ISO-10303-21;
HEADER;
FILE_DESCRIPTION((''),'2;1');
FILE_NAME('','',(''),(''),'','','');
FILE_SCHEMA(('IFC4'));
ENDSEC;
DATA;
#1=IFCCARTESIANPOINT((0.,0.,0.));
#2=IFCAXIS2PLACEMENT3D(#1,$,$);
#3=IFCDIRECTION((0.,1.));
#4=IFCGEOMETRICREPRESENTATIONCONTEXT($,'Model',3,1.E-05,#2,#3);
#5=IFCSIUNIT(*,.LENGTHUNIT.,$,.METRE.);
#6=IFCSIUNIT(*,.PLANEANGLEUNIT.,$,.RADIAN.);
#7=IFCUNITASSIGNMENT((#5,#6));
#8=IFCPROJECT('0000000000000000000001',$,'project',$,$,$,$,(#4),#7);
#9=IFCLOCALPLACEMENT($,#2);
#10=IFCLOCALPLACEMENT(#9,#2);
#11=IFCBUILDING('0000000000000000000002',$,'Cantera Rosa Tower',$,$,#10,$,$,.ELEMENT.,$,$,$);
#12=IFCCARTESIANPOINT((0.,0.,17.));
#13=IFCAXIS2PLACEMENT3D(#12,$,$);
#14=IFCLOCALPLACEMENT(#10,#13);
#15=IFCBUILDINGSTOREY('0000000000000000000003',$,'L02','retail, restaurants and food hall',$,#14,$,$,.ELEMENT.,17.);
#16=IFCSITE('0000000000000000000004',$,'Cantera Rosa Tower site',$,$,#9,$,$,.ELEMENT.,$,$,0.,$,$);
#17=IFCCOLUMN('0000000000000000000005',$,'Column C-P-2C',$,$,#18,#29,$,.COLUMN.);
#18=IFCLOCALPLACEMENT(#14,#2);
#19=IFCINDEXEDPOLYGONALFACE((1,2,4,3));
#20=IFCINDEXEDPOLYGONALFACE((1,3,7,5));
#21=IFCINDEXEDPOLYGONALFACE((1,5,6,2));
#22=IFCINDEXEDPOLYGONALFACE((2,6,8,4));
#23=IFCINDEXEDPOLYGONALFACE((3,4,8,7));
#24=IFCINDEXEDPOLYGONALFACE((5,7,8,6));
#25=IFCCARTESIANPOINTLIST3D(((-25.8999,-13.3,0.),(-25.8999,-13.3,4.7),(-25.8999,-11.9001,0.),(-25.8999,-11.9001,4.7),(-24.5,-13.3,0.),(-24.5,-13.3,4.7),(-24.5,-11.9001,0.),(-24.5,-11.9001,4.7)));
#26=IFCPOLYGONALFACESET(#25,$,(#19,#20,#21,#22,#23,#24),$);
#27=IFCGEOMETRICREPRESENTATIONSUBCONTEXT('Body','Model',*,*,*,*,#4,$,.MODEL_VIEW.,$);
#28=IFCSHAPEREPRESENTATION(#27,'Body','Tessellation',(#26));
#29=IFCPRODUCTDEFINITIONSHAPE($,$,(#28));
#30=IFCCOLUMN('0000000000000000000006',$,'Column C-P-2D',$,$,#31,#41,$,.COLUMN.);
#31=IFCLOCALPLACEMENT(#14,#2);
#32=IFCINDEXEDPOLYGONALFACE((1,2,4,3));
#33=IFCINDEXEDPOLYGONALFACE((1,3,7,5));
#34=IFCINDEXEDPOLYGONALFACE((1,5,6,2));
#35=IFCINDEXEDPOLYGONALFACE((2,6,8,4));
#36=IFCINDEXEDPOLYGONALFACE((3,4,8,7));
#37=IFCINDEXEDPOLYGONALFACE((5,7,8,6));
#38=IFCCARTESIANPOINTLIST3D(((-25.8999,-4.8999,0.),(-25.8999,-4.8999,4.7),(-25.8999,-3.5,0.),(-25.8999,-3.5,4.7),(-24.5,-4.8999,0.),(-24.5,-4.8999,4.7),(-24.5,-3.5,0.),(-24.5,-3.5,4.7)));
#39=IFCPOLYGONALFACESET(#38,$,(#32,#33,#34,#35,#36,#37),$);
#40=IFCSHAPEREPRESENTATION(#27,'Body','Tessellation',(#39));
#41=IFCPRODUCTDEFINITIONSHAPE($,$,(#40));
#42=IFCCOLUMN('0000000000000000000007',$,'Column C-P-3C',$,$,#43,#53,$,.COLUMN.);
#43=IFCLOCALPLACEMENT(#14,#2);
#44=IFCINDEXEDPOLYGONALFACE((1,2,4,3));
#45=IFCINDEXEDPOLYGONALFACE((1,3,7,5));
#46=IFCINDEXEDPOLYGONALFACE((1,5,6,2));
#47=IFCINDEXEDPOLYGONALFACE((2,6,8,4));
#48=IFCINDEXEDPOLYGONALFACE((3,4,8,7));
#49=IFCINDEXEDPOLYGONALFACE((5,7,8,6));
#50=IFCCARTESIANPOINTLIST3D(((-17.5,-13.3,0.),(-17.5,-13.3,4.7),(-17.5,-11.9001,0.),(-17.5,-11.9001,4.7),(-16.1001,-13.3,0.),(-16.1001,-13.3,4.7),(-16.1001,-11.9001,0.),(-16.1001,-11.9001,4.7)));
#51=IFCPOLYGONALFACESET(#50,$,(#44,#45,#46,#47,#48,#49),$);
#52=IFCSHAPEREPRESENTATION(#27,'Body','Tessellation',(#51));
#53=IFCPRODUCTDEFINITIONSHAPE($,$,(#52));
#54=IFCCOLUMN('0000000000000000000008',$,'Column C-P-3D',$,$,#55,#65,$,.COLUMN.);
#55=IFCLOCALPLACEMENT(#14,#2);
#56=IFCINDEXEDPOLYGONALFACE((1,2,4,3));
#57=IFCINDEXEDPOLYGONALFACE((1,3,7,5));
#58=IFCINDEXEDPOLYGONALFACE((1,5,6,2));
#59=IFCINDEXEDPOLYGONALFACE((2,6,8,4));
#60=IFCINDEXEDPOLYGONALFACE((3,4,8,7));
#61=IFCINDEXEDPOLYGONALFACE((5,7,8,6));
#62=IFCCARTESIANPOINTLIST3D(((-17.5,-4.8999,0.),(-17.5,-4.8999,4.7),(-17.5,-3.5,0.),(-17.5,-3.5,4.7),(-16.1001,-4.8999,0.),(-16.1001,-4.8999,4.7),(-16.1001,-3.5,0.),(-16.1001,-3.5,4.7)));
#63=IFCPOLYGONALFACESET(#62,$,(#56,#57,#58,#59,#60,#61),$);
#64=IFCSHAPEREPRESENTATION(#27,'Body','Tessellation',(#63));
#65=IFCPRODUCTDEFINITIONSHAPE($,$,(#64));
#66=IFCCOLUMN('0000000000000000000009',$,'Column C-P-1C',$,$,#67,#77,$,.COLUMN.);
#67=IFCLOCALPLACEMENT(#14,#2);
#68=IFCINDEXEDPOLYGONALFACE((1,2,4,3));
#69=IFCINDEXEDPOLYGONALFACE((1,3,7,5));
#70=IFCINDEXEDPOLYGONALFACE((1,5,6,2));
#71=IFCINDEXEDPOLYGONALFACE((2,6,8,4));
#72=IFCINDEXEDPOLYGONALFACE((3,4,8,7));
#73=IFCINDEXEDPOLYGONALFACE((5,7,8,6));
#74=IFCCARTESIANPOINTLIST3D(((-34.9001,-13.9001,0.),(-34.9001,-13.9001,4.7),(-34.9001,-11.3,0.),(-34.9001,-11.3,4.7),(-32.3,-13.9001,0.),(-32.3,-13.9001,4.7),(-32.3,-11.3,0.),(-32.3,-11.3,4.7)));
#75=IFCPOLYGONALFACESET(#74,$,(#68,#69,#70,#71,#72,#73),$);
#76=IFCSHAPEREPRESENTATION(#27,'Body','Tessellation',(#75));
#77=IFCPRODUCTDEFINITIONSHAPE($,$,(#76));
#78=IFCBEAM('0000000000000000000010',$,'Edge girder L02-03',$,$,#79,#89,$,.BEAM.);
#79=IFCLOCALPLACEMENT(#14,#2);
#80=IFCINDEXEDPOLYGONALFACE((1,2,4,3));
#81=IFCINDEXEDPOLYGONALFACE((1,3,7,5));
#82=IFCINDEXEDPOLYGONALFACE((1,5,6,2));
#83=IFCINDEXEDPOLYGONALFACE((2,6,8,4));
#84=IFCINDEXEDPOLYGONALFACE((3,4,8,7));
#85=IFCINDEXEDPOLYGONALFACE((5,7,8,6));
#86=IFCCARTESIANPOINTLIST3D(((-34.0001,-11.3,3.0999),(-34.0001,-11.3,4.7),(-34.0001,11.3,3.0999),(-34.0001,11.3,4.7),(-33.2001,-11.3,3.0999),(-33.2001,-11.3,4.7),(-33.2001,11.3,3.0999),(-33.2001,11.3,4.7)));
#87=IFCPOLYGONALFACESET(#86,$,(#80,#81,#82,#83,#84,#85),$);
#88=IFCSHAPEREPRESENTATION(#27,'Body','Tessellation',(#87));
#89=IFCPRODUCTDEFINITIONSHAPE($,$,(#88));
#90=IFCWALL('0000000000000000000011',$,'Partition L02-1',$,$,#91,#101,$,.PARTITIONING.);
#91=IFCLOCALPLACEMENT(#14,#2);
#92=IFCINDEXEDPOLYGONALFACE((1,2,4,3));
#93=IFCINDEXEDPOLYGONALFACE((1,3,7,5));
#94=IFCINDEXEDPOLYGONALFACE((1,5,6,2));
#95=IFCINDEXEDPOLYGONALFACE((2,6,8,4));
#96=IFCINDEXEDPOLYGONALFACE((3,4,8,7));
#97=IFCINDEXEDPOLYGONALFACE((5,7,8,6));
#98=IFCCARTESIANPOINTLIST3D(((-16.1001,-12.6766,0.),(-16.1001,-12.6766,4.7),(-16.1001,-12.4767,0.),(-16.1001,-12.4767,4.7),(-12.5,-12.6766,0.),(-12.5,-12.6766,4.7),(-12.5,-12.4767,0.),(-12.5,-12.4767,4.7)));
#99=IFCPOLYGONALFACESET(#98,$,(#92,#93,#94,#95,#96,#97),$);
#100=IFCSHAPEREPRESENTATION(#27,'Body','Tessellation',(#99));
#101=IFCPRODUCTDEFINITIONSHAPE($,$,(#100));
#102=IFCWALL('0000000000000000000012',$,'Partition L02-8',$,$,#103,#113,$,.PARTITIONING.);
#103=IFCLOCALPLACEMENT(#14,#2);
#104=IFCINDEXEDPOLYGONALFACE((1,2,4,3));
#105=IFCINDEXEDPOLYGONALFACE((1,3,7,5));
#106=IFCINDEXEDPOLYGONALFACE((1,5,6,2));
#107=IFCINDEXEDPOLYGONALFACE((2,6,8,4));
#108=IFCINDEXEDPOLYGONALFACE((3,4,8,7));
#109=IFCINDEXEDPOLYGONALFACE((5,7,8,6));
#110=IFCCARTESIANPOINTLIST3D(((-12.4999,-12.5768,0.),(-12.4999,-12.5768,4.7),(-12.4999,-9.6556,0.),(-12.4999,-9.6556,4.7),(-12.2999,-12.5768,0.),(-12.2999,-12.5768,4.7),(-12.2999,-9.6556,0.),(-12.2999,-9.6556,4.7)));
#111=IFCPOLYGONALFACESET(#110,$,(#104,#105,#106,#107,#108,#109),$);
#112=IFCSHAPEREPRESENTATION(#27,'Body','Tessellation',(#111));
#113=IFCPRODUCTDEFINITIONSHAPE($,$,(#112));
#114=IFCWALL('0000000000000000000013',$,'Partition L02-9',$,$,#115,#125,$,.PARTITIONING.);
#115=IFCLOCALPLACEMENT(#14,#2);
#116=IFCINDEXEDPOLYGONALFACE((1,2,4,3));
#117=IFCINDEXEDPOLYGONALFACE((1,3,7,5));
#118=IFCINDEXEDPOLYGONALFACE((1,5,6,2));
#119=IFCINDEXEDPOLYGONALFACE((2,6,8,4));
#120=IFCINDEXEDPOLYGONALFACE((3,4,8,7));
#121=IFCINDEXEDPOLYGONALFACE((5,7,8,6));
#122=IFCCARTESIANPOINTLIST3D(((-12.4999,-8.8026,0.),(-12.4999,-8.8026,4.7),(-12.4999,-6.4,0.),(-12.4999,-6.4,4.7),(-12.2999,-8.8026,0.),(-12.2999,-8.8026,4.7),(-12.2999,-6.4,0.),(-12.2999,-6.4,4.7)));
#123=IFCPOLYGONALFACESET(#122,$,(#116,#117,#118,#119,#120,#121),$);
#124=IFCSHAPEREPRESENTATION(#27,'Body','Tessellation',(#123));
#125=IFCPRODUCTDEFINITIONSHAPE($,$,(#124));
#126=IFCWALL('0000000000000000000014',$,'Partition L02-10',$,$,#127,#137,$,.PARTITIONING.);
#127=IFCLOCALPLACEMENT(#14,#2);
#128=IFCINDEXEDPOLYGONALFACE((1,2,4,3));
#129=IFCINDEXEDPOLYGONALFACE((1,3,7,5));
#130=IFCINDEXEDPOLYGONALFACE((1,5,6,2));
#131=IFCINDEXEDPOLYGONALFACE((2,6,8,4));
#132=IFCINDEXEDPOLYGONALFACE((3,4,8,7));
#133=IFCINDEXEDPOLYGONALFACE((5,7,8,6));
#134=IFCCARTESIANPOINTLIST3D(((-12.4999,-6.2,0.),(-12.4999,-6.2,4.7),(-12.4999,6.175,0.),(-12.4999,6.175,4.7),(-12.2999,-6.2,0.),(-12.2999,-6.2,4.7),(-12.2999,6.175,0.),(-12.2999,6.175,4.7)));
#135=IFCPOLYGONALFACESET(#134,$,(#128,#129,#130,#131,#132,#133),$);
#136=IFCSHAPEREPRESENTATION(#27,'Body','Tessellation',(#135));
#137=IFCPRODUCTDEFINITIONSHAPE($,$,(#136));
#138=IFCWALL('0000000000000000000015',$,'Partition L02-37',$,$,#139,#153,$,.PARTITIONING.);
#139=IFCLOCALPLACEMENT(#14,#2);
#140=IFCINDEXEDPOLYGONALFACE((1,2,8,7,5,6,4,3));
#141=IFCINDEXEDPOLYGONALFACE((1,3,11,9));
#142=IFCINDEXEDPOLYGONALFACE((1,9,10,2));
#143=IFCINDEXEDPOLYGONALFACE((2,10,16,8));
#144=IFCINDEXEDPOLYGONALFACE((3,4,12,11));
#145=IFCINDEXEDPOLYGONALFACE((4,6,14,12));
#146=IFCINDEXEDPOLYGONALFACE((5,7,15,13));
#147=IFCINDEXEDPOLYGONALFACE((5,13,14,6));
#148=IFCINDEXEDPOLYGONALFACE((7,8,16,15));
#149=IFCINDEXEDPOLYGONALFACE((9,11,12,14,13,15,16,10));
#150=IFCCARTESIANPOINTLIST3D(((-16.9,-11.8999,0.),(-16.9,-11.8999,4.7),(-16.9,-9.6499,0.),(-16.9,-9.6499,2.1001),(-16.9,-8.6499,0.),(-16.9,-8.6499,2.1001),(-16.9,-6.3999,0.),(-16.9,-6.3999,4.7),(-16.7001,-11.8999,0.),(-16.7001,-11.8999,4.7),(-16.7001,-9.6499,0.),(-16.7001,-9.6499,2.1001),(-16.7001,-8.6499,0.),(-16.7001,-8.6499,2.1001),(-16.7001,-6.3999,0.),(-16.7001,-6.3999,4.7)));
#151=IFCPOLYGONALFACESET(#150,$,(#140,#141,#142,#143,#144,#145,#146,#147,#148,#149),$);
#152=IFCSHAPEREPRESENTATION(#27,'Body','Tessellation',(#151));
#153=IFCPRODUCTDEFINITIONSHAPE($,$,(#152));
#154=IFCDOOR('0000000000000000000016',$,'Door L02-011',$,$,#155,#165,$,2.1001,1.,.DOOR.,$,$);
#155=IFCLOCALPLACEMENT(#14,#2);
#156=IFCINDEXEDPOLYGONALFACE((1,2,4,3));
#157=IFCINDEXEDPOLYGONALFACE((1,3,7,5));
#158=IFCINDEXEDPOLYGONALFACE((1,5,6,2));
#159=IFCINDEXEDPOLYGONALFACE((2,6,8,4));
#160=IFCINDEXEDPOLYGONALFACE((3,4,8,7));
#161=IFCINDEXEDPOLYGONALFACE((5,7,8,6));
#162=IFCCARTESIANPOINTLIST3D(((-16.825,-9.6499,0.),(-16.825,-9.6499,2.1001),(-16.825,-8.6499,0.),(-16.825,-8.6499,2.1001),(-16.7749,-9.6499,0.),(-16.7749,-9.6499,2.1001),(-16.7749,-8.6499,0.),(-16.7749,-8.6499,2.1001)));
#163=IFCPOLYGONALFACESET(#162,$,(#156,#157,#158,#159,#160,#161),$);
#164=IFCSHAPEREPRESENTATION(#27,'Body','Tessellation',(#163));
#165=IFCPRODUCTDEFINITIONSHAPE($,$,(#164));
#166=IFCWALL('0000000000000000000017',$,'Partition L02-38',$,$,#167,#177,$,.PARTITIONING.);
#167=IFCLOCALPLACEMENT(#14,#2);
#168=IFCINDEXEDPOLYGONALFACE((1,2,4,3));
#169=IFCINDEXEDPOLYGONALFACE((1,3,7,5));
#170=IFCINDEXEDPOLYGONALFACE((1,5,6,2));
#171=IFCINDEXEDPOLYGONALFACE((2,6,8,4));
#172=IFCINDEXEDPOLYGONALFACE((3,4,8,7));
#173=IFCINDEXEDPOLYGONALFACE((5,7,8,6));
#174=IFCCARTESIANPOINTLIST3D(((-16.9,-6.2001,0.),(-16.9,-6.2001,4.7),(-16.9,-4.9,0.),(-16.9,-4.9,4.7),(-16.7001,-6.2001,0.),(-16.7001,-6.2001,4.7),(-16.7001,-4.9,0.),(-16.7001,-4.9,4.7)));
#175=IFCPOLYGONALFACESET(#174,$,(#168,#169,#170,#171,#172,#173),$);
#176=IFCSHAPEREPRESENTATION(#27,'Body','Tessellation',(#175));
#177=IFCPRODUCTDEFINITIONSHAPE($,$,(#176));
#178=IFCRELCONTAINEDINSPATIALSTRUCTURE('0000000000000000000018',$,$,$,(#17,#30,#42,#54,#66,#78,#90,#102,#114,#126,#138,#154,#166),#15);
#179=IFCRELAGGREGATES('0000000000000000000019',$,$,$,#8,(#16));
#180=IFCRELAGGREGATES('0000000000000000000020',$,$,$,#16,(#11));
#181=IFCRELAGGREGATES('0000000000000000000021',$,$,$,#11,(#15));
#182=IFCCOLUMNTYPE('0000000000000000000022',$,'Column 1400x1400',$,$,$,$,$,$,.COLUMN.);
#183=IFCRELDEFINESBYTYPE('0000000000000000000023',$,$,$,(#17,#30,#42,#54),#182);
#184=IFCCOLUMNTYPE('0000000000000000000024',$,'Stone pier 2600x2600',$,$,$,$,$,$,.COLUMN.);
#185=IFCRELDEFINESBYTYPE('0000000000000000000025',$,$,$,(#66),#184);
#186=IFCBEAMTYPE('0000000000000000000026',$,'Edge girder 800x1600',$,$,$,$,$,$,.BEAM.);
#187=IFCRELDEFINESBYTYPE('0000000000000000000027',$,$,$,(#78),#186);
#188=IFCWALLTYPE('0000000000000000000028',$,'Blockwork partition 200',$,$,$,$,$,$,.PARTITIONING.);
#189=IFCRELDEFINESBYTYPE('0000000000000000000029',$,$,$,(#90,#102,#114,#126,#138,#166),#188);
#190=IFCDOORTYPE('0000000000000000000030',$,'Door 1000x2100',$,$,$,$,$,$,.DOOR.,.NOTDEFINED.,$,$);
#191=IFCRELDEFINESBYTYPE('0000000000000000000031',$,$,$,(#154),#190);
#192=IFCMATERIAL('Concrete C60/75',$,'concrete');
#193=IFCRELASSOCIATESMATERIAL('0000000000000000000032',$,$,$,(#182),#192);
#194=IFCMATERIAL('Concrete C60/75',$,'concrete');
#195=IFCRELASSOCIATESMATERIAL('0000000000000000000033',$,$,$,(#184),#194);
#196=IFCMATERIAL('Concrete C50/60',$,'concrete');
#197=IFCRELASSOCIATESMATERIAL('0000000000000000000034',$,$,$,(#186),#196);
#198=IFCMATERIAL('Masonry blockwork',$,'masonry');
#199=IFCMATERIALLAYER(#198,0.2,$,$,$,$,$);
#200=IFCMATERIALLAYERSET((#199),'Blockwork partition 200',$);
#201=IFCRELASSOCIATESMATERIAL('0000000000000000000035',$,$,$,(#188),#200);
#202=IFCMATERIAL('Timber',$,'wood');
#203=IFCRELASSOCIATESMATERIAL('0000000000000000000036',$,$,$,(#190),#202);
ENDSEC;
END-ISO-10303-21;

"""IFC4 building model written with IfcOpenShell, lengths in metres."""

from ifc_helpers import new_model, si_unit, direction, frame, frame_2d, origin, origin_2d, place, context, subcontext, project, spatial, rectangle, extrude, material, layer, layer_set, material_profile, profile_set, type_object, element, fill, save


model = new_model("IFC4")

# Units and contexts
model_context = context("Model", 3, precision=1e-05, world=origin(), true_north=direction((0.0, 1.0)))
body_context = subcontext(model_context, "Body", "Model", "MODEL_VIEW")
ifc_project = project(units=[si_unit("LENGTHUNIT", "METRE"), si_unit("PLANEANGLEUNIT", "RADIAN")], contexts=[model_context])

# Site, building, storey
site_placement = place(None, origin())
site = spatial("IfcSite", under=ifc_project, at=site_placement, Name="Cantera Rosa Tower site", CompositionType="ELEMENT", RefElevation=0.0)
building_placement = place(site_placement, origin())
building = spatial("IfcBuilding", under=site, at=building_placement, Name="Cantera Rosa Tower", CompositionType="ELEMENT")
storey_placement = place(building_placement, frame((0.0, 0.0, 17.0)))
storey = spatial("IfcBuildingStorey", under=building, at=storey_placement, Name="L02", Description="retail, restaurants and food hall", CompositionType="ELEMENT", Elevation=17.0)

# Columns
ifc_material_1 = material(Name="Concrete C60/75", Category="concrete")
ifc_material_profile_1 = material_profile(ifc_material_1, rectangle(XDim=1.3999, YDim=1.3999, at=origin_2d()), Name="Column 1400x1400")
ifc_profile_set_1 = profile_set([ifc_material_profile_1], Name="Concrete C60/75")
column_type_1 = type_object("IfcColumnType", Name="Column 1400x1400", PredefinedType="COLUMN", material=ifc_profile_set_1)
for number, where, z_axis, x_axis, name in (
    (1, (-25.2, -12.6001, 0.0), (0.0, 0.0, 1.0), (1.0, 0.0, 0.0), "Column C-P-2C"),
    (2, (-25.2, -4.2, 0.0), (0.0, 0.0, 1.0), (1.0, 0.0, 0.0), "Column C-P-2D"),
    (3, (-16.8, -12.6001, 0.0), (0.0, 0.0, 1.0), (1.0, 0.0, 0.0), "Column C-P-3C"),
    (4, (-16.8, -4.2, 0.0), (0.0, 0.0, 1.0), (1.0, 0.0, 0.0), "Column C-P-3D"),
):
    element("IfcColumn", number, at=place(storey_placement, frame(where, z_axis=z_axis, x_axis=x_axis)), inside=storey, type_object=column_type_1, Name=name, PredefinedType="COLUMN", context=body_context, shape_type="SweptSolid", body=[
        extrude(rectangle(XDim=1.3999, YDim=1.3999, at=origin_2d()), origin(), (0.0, 0.0, 1.0), 4.7),
    ])
ifc_material_2 = material(Name="Concrete C60/75", Category="concrete")
ifc_material_profile_2 = material_profile(ifc_material_2, rectangle(XDim=2.6001, YDim=2.6001, at=origin_2d()), Name="Stone pier 2600x2600")
ifc_profile_set_2 = profile_set([ifc_material_profile_2], Name="Concrete C60/75")
column_type_2 = type_object("IfcColumnType", Name="Stone pier 2600x2600", PredefinedType="COLUMN", material=ifc_profile_set_2)
column_placement = place(storey_placement, frame((-33.6001, -12.6001, 0.0), z_axis=(0.0, 0.0, 1.0), x_axis=(1.0, 0.0, 0.0)))
element("IfcColumn", 5, at=column_placement, inside=storey, type_object=column_type_2, Name="Column C-P-1C", PredefinedType="COLUMN", context=body_context, shape_type="SweptSolid", body=[
    extrude(rectangle(XDim=2.6001, YDim=2.6001, at=origin_2d()), origin(), (0.0, 0.0, 1.0), 4.7),
])

# Beam
ifc_material_3 = material(Name="Concrete C50/60", Category="concrete")
ifc_material_profile_3 = material_profile(ifc_material_3, rectangle(XDim=0.8, YDim=1.6001, at=origin_2d()), Name="Edge girder 800x1600")
ifc_profile_set_3 = profile_set([ifc_material_profile_3], Name="Concrete C50/60")
beam_type = type_object("IfcBeamType", Name="Edge girder 800x1600", PredefinedType="BEAM", material=ifc_profile_set_3)
beam_placement = place(storey_placement, frame((-33.6001, -11.3, 3.8999), z_axis=(0.0, 1.0, 0.0), x_axis=(-1.0, 0.0, 0.0)))
element("IfcBeam", 6, at=beam_placement, inside=storey, type_object=beam_type, Name="Edge girder L02-03", PredefinedType="BEAM", context=body_context, shape_type="SweptSolid", body=[
    extrude(rectangle(XDim=0.8, YDim=1.6001, at=origin_2d()), origin(), (0.0, 0.0, 1.0), 22.6001),
])

# Walls
ifc_material_4 = material(Name="Masonry blockwork", Category="masonry")
ifc_layer_1 = layer(ifc_material_4, 0.2)
ifc_layer_set_1 = layer_set([ifc_layer_1], Name="Blockwork partition 200")
wall_type_1 = type_object("IfcWallType", Name="Blockwork partition 200", PredefinedType="PARTITIONING", material=ifc_layer_set_1)
wall_1_placement = place(storey_placement, frame((-16.1001, -12.5767, 0.0), z_axis=(0.0, 0.0, 1.0), x_axis=(1.0, 0.0, 0.0)))
element("IfcWall", 7, at=wall_1_placement, inside=storey, type_object=wall_type_1, Name="Partition L02-1", PredefinedType="PARTITIONING", context=body_context, shape_type="SweptSolid", body=[
    extrude(rectangle(XDim=3.6001, YDim=0.2, at=frame_2d((1.8, 0.0))), origin(), (0.0, 0.0, 1.0), 4.7),
])
wall_2_placement = place(storey_placement, frame((-12.3999, -12.5767, 0.0), z_axis=(0.0, 0.0, 1.0), x_axis=(0.0, 1.0, 0.0)))
element("IfcWall", 8, at=wall_2_placement, inside=storey, type_object=wall_type_1, Name="Partition L02-8", PredefinedType="PARTITIONING", context=body_context, shape_type="SweptSolid", body=[
    extrude(rectangle(XDim=2.9211, YDim=0.2, at=frame_2d((1.4604, 0.0))), origin(), (0.0, 0.0, 1.0), 4.7),
])
wall_3_placement = place(storey_placement, frame((-12.3999, -8.8025, 0.0), z_axis=(0.0, 0.0, 1.0), x_axis=(0.0, 1.0, 0.0)))
element("IfcWall", 9, at=wall_3_placement, inside=storey, type_object=wall_type_1, Name="Partition L02-9", PredefinedType="PARTITIONING", context=body_context, shape_type="SweptSolid", body=[
    extrude(rectangle(XDim=2.4026, YDim=0.2, at=frame_2d((1.2012, 0.0))), origin(), (0.0, 0.0, 1.0), 4.7),
])
wall_4_placement = place(storey_placement, frame((-12.3999, -6.2, 0.0), z_axis=(0.0, 0.0, 1.0), x_axis=(0.0, 1.0, 0.0)))
element("IfcWall", 10, at=wall_4_placement, inside=storey, type_object=wall_type_1, Name="Partition L02-10", PredefinedType="PARTITIONING", context=body_context, shape_type="SweptSolid", body=[
    extrude(rectangle(XDim=12.375, YDim=0.2, at=frame_2d((6.1875, 0.0))), origin(), (0.0, 0.0, 1.0), 4.7),
])

# Wall, opening, door
wall_5_placement = place(storey_placement, frame((-16.8, -11.8999, 0.0), z_axis=(0.0, 0.0, 1.0), x_axis=(0.0, 1.0, 0.0)))
wall_5 = element("IfcWall", 11, at=wall_5_placement, inside=storey, type_object=wall_type_1, Name="Partition L02-37", PredefinedType="PARTITIONING", context=body_context, shape_type="SweptSolid", body=[
    extrude(rectangle(XDim=5.5, YDim=0.2, at=frame_2d((2.75, 0.0))), origin(), (0.0, 0.0, 1.0), 4.7),
])
opening_1_placement = place(wall_5_placement, frame((2.25, 0.0, 0.0)))
opening_1 = element("IfcOpeningElement", 12, at=opening_1_placement, cuts=wall_5, PredefinedType="OPENING", context=body_context, shape_type="SweptSolid", body=[
    extrude(rectangle(XDim=1.0, YDim=2.1001, at=frame_2d((0.5, 1.05))), frame((0.0, 0.1099, 0.0), z_axis=(0.0, -1.0, 0.0), x_axis=(1.0, 0.0, 0.0)), (0.0, 0.0, 1.0), 0.22),
])
ifc_material_5 = material(Name="Timber", Category="wood")
door_type_1 = type_object("IfcDoorType", Name="Door 1000x2100", OperationType="NOTDEFINED", PredefinedType="DOOR", material=ifc_material_5)
door_1_placement = place(opening_1_placement, origin())
door_1 = element("IfcDoor", 13, at=door_1_placement, inside=storey, type_object=door_type_1, Name="Door L02-011", OverallHeight=2.1001, OverallWidth=1.0, PredefinedType="DOOR", context=body_context, shape_type="SweptSolid", body=[
    extrude(rectangle(XDim=1.0, YDim=2.1001, at=frame_2d((0.5, 1.05))), frame((0.0, 0.0249, 0.0), z_axis=(0.0, -1.0, 0.0), x_axis=(1.0, 0.0, 0.0)), (0.0, 0.0, 1.0), 0.05),
])
fill(opening_1, door_1)

# Wall
wall_6_placement = place(storey_placement, frame((-16.8, -6.2, 0.0), z_axis=(0.0, 0.0, 1.0), x_axis=(0.0, 1.0, 0.0)))
element("IfcWall", 14, at=wall_6_placement, inside=storey, type_object=wall_type_1, Name="Partition L02-38", PredefinedType="PARTITIONING", context=body_context, shape_type="SweptSolid", body=[
    extrude(rectangle(XDim=1.3, YDim=0.2, at=frame_2d((0.6499, 0.0))), origin(), (0.0, 0.0, 1.0), 4.7),
])

save(model, "model.ifc")
